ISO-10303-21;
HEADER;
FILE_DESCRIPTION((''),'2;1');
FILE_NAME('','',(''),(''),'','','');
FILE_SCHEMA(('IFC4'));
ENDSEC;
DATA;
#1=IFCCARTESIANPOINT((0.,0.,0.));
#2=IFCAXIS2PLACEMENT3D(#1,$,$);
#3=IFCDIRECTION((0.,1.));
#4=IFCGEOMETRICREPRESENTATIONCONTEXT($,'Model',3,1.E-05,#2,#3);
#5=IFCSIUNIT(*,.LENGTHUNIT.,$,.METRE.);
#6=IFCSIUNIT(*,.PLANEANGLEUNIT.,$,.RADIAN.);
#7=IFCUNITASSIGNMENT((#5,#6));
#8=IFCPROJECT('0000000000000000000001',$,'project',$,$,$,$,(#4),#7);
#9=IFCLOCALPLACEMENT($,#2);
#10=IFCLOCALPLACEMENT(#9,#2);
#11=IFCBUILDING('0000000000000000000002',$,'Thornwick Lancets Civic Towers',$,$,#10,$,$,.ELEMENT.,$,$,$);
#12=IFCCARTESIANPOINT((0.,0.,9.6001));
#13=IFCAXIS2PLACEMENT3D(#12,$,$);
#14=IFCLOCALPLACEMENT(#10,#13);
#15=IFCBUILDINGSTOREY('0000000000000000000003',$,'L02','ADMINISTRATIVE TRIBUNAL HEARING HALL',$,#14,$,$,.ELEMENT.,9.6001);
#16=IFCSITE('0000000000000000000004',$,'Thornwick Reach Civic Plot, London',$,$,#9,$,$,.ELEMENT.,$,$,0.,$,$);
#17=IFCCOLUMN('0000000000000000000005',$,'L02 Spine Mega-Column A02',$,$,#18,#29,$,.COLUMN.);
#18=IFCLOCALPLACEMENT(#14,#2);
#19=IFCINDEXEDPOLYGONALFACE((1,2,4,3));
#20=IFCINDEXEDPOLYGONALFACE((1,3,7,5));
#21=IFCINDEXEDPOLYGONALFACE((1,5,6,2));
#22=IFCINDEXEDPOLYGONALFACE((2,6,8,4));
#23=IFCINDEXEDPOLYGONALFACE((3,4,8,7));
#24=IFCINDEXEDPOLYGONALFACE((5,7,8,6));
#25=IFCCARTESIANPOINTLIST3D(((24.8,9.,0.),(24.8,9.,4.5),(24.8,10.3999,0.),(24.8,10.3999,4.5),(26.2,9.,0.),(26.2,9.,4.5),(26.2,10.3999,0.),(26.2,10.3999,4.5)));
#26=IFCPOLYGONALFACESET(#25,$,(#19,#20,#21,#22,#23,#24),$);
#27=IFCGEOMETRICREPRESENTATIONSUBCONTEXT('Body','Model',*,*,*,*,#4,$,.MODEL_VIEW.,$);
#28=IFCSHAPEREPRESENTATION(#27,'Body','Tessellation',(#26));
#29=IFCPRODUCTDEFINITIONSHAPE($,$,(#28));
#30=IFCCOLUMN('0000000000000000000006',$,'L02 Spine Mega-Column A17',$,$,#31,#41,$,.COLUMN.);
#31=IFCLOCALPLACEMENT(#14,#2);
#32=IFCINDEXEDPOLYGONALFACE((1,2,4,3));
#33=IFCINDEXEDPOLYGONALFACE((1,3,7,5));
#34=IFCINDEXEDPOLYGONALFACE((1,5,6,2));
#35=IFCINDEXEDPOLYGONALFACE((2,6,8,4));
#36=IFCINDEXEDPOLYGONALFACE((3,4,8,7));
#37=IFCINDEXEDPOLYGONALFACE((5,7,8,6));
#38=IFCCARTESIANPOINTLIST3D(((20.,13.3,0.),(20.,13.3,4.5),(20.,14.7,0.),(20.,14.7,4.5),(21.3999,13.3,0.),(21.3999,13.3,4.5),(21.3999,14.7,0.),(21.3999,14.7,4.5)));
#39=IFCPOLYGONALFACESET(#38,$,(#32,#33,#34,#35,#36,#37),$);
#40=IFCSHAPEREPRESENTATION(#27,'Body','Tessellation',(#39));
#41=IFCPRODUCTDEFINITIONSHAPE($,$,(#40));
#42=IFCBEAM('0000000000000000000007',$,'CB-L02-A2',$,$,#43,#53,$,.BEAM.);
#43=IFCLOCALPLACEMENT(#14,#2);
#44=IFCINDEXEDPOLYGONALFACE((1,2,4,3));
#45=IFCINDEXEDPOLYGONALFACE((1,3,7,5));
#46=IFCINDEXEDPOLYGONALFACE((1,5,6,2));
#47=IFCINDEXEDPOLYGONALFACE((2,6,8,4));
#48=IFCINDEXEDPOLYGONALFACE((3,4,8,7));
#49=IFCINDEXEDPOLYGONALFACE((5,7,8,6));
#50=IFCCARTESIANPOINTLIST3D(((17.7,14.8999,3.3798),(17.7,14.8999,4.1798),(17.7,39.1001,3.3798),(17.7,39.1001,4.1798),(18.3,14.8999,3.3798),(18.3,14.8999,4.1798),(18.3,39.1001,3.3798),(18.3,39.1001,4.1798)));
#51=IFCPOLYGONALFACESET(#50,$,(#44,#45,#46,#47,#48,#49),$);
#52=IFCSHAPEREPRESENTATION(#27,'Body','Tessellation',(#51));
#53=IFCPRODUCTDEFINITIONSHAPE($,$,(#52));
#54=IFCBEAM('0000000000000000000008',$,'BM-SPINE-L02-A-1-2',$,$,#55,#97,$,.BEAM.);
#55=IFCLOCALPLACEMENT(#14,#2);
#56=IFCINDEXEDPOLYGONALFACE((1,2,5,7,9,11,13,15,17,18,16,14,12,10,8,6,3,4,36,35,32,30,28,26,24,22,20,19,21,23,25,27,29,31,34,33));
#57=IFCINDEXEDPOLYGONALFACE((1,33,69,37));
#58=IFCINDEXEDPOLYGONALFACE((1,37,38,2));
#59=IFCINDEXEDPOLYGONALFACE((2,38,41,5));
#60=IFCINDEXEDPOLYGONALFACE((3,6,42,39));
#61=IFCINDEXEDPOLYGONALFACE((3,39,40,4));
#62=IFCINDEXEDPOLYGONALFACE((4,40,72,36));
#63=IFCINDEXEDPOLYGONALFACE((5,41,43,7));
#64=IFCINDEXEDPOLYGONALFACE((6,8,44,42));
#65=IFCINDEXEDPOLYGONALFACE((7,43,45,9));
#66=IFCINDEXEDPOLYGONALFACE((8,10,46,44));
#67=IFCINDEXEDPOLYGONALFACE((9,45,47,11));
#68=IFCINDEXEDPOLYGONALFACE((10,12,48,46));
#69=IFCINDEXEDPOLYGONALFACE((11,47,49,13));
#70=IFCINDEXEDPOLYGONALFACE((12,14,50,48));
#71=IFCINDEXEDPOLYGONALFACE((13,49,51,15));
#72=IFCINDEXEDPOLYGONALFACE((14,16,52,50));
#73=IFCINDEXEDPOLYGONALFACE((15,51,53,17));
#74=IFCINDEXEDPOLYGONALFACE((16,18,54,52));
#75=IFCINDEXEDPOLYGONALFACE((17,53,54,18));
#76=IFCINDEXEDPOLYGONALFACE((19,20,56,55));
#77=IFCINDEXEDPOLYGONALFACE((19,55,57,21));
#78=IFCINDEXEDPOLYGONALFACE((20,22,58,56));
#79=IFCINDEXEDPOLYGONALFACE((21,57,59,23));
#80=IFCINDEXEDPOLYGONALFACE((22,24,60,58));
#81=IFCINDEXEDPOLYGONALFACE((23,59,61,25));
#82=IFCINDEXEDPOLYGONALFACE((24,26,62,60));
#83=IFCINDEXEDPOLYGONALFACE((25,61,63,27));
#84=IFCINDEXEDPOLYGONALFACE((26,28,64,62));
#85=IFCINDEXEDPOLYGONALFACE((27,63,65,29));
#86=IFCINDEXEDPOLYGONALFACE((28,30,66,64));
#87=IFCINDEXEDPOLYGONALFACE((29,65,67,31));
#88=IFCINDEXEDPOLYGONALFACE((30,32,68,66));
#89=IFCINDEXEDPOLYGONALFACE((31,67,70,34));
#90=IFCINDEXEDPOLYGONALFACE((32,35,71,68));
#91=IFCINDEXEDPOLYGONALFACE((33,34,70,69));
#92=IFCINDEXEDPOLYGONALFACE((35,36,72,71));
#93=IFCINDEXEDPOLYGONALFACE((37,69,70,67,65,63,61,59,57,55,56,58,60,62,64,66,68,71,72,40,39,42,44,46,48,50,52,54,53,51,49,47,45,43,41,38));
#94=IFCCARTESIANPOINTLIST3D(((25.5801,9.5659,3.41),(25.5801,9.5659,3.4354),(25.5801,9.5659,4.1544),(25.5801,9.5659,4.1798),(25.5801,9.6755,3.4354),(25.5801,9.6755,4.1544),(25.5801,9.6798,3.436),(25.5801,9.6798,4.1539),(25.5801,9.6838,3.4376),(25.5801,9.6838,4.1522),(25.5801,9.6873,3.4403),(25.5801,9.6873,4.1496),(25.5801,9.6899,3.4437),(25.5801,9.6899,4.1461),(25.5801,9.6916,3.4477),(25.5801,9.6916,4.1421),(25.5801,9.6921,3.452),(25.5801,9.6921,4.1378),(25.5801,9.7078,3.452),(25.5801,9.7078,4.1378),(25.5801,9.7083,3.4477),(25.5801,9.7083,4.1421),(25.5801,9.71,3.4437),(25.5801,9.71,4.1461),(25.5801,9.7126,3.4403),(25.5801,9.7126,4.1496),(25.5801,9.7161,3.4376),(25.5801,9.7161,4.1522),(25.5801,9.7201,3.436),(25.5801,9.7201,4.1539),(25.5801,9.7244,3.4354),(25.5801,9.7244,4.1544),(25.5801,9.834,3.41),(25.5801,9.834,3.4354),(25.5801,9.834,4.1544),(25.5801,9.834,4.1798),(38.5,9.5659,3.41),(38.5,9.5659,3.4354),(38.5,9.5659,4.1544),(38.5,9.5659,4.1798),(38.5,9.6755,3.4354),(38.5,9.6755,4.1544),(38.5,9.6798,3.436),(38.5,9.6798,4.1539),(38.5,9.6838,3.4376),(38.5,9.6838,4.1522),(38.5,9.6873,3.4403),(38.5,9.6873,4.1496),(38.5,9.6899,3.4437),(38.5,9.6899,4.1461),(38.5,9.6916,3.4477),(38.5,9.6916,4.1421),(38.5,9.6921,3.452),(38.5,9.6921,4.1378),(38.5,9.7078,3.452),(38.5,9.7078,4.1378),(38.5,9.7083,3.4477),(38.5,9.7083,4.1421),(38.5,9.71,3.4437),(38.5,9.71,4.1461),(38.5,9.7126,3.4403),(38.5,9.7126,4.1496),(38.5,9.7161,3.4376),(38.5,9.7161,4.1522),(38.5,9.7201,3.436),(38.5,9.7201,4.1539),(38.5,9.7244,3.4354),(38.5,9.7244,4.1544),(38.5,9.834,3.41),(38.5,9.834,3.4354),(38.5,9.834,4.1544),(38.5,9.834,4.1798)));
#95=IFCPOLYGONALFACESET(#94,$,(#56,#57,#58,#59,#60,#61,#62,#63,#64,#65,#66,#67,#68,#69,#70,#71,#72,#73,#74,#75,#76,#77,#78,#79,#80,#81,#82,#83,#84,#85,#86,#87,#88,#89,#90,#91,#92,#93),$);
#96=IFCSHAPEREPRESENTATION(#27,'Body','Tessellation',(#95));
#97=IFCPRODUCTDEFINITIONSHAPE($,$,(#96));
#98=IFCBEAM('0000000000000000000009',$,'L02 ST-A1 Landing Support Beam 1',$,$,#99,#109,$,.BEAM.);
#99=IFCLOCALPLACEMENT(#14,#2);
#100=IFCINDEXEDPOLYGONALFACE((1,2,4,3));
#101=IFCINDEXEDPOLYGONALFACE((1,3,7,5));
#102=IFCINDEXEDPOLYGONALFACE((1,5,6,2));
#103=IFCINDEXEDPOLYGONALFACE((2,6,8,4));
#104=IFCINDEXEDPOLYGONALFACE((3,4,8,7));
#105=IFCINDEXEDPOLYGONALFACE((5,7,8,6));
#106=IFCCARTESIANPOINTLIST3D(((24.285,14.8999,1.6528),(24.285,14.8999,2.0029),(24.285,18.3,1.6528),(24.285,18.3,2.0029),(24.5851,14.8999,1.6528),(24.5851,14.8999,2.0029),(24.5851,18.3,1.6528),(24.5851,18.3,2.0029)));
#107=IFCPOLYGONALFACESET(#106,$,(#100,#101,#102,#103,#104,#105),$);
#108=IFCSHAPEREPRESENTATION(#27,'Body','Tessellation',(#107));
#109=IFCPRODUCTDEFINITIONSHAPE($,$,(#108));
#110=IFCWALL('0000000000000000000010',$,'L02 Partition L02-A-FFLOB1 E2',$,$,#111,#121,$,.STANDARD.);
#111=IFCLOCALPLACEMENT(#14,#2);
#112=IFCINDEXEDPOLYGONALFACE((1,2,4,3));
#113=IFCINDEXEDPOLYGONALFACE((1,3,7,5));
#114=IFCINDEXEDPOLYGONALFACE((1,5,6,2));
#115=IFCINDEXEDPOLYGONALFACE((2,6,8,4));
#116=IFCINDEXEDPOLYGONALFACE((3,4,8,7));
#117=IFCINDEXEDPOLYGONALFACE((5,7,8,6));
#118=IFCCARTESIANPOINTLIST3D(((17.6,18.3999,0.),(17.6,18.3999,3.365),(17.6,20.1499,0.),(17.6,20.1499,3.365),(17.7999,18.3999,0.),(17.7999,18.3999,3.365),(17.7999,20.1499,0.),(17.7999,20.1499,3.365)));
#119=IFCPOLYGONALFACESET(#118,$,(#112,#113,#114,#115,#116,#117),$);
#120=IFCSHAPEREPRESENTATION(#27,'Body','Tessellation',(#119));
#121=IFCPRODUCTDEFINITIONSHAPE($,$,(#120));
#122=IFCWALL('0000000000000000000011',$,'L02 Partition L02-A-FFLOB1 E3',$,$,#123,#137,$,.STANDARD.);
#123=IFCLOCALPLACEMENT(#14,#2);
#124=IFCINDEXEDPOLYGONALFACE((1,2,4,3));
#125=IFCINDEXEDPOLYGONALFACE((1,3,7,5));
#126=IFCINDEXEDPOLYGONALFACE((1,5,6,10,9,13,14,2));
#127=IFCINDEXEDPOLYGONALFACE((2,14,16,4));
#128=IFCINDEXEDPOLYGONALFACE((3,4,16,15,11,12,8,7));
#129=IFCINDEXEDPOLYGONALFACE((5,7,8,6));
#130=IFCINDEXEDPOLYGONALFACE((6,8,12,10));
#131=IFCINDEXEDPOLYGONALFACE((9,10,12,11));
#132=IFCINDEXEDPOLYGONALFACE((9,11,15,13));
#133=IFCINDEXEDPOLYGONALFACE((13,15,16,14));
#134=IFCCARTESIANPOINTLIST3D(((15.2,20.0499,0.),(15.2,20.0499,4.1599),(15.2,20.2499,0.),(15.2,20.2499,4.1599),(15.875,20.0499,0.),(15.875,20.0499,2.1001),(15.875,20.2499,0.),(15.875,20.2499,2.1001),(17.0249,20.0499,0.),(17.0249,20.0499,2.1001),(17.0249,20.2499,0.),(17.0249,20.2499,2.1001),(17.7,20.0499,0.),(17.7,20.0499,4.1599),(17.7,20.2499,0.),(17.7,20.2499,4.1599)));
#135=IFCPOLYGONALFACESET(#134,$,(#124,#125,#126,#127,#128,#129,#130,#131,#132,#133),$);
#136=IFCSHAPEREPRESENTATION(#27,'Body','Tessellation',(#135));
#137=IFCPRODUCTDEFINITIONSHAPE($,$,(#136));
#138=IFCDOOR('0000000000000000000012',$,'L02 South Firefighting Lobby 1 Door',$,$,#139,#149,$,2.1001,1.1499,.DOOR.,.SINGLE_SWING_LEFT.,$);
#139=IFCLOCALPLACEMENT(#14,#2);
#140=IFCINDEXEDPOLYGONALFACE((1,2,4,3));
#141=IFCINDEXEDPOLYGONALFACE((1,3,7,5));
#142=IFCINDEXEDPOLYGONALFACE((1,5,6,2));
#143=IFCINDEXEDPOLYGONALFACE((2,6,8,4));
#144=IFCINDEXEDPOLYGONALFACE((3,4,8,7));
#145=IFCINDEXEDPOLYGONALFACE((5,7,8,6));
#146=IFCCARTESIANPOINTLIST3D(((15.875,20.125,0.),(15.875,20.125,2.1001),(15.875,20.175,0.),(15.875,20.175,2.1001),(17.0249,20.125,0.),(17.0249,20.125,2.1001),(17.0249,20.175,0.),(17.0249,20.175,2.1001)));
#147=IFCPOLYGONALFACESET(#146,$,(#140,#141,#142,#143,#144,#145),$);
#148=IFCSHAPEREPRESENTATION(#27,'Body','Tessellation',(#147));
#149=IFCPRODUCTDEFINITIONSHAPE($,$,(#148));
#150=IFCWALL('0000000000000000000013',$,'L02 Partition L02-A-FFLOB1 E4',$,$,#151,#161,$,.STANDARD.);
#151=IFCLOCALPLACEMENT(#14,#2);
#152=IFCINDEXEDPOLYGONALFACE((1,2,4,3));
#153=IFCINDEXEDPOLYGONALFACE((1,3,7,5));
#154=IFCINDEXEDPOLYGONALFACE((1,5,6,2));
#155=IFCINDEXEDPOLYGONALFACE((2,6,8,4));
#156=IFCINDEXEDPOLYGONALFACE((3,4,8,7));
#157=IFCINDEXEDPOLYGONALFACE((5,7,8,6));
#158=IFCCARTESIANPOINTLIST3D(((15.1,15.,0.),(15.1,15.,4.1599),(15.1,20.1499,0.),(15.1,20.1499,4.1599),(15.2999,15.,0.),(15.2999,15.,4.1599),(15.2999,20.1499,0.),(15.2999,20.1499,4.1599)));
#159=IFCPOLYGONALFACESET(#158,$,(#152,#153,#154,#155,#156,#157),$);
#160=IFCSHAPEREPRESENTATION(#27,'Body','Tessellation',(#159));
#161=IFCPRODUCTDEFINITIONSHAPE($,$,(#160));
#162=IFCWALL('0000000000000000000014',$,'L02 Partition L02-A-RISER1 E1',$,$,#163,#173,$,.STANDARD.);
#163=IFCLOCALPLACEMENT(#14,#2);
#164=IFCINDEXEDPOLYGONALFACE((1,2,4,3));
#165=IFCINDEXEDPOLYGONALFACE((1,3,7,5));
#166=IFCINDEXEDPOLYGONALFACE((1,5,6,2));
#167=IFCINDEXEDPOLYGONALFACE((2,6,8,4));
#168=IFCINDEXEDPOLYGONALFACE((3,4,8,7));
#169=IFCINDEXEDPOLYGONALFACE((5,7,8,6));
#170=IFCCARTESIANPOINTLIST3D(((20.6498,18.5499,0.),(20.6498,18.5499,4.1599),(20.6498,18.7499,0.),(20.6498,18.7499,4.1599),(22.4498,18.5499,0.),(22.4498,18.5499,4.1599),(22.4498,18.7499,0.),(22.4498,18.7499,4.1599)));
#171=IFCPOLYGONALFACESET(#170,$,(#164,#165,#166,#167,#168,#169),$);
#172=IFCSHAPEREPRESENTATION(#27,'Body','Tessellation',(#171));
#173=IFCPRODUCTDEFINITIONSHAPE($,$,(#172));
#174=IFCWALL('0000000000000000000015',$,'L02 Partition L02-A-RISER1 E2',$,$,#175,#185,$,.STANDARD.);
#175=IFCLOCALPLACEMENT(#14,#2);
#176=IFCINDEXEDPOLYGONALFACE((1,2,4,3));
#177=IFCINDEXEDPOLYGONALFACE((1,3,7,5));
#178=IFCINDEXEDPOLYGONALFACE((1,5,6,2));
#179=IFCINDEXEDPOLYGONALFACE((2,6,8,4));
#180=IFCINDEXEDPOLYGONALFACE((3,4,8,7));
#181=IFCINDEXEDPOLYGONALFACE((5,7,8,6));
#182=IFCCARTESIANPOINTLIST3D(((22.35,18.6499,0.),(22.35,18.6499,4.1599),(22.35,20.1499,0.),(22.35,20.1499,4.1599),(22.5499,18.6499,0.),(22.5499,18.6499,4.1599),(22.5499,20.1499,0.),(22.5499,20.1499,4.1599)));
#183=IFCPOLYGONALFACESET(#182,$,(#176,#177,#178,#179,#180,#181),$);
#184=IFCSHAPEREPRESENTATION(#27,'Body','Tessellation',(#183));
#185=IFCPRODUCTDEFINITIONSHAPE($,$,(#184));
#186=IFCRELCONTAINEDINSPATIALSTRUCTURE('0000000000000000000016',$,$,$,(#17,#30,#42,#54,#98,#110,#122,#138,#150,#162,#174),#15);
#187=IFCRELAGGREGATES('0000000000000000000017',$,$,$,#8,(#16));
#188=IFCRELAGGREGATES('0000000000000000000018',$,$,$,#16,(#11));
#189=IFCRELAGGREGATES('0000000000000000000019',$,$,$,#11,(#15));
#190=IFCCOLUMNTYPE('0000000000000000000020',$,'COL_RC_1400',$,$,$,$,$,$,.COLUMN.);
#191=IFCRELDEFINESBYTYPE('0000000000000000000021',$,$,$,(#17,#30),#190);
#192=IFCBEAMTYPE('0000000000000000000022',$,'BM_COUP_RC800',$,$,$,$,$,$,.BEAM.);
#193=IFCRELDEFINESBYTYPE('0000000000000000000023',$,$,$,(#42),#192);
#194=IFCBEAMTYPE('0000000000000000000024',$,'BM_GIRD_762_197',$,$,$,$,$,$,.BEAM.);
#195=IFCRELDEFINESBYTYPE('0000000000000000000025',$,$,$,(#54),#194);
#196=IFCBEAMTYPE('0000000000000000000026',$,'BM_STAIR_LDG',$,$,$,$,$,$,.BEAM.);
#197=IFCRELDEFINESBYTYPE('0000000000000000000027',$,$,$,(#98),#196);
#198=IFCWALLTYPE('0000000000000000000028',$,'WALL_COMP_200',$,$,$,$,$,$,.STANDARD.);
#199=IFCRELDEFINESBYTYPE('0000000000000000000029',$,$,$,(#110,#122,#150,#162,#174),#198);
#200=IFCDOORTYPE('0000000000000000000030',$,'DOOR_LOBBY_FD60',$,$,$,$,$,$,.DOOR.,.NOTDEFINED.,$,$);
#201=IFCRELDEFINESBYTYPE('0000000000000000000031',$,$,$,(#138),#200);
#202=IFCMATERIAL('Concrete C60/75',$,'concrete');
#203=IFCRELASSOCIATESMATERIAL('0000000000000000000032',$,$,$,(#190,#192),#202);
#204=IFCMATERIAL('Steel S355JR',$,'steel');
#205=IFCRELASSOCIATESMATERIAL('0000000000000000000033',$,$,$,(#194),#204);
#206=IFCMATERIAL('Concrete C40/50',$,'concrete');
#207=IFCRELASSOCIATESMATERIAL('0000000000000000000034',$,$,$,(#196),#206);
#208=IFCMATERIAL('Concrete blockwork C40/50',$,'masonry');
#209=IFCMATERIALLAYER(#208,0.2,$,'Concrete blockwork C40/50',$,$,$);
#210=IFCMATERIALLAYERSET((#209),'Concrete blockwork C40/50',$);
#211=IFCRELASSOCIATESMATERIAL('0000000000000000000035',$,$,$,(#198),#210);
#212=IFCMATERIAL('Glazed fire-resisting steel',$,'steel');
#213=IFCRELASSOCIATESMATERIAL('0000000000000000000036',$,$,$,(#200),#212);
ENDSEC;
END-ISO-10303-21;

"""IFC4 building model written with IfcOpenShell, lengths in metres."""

from ifc_helpers import new_model, si_unit, direction, frame, frame_2d, origin, origin_2d, place, context, subcontext, project, spatial, rectangle, i_section, extrude, material, layer, layer_set, material_profile, profile_set, type_object, element, fill, save


model = new_model("IFC4")

# Units and contexts
model_context = context("Model", 3, precision=1e-05, world=origin(), true_north=direction((0.0, 1.0)))
body_context = subcontext(model_context, "Body", "Model", "MODEL_VIEW")
ifc_project = project(units=[si_unit("LENGTHUNIT", "METRE"), si_unit("PLANEANGLEUNIT", "RADIAN")], contexts=[model_context])

# Site, building, storey
site_placement = place(None, origin())
site = spatial("IfcSite", under=ifc_project, at=site_placement, Name="Thornwick Reach Civic Plot, London", CompositionType="ELEMENT", RefElevation=0.0)
building_placement = place(site_placement, origin())
building = spatial("IfcBuilding", under=site, at=building_placement, Name="Thornwick Lancets Civic Towers", CompositionType="ELEMENT")
storey_placement = place(building_placement, frame((0.0, 0.0, 9.6001)))
storey = spatial("IfcBuildingStorey", under=building, at=storey_placement, Name="L02", Description="ADMINISTRATIVE TRIBUNAL HEARING HALL", CompositionType="ELEMENT", Elevation=9.6001)

# Columns
ifc_material_1 = material(Name="Concrete C60/75", Category="concrete")
ifc_material_profile_1 = material_profile(ifc_material_1, rectangle(XDim=1.3999, YDim=1.3999, at=origin_2d()), Name="RC 1400x1400")
ifc_profile_set_1 = profile_set([ifc_material_profile_1], Name="Concrete C60/75")
column_type = type_object("IfcColumnType", Name="COL_RC_1400", PredefinedType="COLUMN", material=ifc_profile_set_1)
for number, where, z_axis, x_axis, name in (
    (1, (25.5, 9.7, 0.0), (0.0, 0.0, 1.0), (1.0, 0.0, 0.0), "L02 Spine Mega-Column A02"),
    (2, (20.7, 14.0, 0.0), (0.0, 0.0, 1.0), (1.0, 0.0, 0.0), "L02 Spine Mega-Column A17"),
):
    element("IfcColumn", number, at=place(storey_placement, frame(where, z_axis=z_axis, x_axis=x_axis)), inside=storey, type_object=column_type, Name=name, PredefinedType="COLUMN", context=body_context, shape_type="SweptSolid", body=[
        extrude(rectangle(XDim=1.3999, YDim=1.3999, at=origin_2d()), origin(), (0.0, 0.0, 1.0), 4.5),
    ])

# Beams
ifc_material_profile_2 = material_profile(ifc_material_1, rectangle(XDim=0.6001, YDim=0.8, at=origin_2d()), Name="RC 600x800")
ifc_profile_set_2 = profile_set([ifc_material_profile_2], Name="Concrete C60/75")
beam_type_1 = type_object("IfcBeamType", Name="BM_COUP_RC800", PredefinedType="BEAM", material=ifc_profile_set_2)
beam_1_placement = place(storey_placement, frame((18.0, 14.8999, 3.7798), z_axis=(0.0, 1.0, 0.0), x_axis=(-1.0, 0.0, 0.0)))
element("IfcBeam", 3, at=beam_1_placement, inside=storey, type_object=beam_type_1, Name="CB-L02-A2", PredefinedType="BEAM", context=body_context, shape_type="SweptSolid", body=[
    extrude(rectangle(XDim=0.6001, YDim=0.8, at=origin_2d()), origin(), (0.0, 0.0, 1.0), 24.2002),
])
ifc_material_2 = material(Name="Steel S355JR", Category="steel")
ifc_material_profile_3 = material_profile(ifc_material_2, i_section(OverallWidth=0.2681, OverallDepth=0.7698, WebThickness=0.0156, FlangeThickness=0.0254, FilletRadius=0.0166, at=origin_2d()), Name="UKB 762x267x197")
ifc_profile_set_3 = profile_set([ifc_material_profile_3], Name="Steel S355JR")
beam_type_2 = type_object("IfcBeamType", Name="BM_GIRD_762_197", PredefinedType="BEAM", material=ifc_profile_set_3)
beam_2_placement = place(storey_placement, frame((25.5801, 9.7, 3.7949), z_axis=(1.0, 0.0, 0.0), x_axis=(0.0, 1.0, 0.0)))
element("IfcBeam", 4, at=beam_2_placement, inside=storey, type_object=beam_type_2, Name="BM-SPINE-L02-A-1-2", PredefinedType="BEAM", context=body_context, shape_type="SweptSolid", body=[
    extrude(i_section(OverallWidth=0.2681, OverallDepth=0.7698, WebThickness=0.0156, FlangeThickness=0.0254, FilletRadius=0.0166, at=origin_2d()), origin(), (0.0, 0.0, 1.0), 12.9199),
])
ifc_material_3 = material(Name="Concrete C40/50", Category="concrete")
ifc_material_profile_4 = material_profile(ifc_material_3, rectangle(XDim=0.3, YDim=0.3501, at=origin_2d()), Name="RC 300x350")
ifc_profile_set_4 = profile_set([ifc_material_profile_4], Name="Concrete C40/50")
beam_type_3 = type_object("IfcBeamType", Name="BM_STAIR_LDG", PredefinedType="BEAM", material=ifc_profile_set_4)
beam_3_placement = place(storey_placement, frame((24.4351, 14.8999, 1.8279), z_axis=(0.0, 1.0, 0.0), x_axis=(-1.0, 0.0, 0.0)))
element("IfcBeam", 5, at=beam_3_placement, inside=storey, type_object=beam_type_3, Name="L02 ST-A1 Landing Support Beam 1", PredefinedType="BEAM", context=body_context, shape_type="SweptSolid", body=[
    extrude(rectangle(XDim=0.3, YDim=0.3501, at=origin_2d()), origin(), (0.0, 0.0, 1.0), 3.4001),
])

# Wall
ifc_material_4 = material(Name="Concrete blockwork C40/50", Category="masonry")
ifc_layer_1 = layer(ifc_material_4, 0.2, Name="Concrete blockwork C40/50")
ifc_layer_set_1 = layer_set([ifc_layer_1], Name="Concrete blockwork C40/50")
wall_type_1 = type_object("IfcWallType", Name="WALL_COMP_200", PredefinedType="STANDARD", material=ifc_layer_set_1)
wall_1_placement = place(storey_placement, frame((17.7, 18.3999, 0.0), z_axis=(0.0, 0.0, 1.0), x_axis=(0.0, 1.0, 0.0)))
element("IfcWall", 6, at=wall_1_placement, inside=storey, type_object=wall_type_1, Name="L02 Partition L02-A-FFLOB1 E2", PredefinedType="STANDARD", context=body_context, shape_type="SweptSolid", body=[
    extrude(rectangle(XDim=1.75, YDim=0.2, at=frame_2d((0.875, 0.0))), origin(), (0.0, 0.0, 1.0), 3.365),
])

# Wall, opening, door
wall_2_placement = place(storey_placement, frame((17.7, 20.1499, 0.0), z_axis=(0.0, 0.0, 1.0), x_axis=(-1.0, 0.0, 0.0)))
wall_2 = element("IfcWall", 7, at=wall_2_placement, inside=storey, type_object=wall_type_1, Name="L02 Partition L02-A-FFLOB1 E3", PredefinedType="STANDARD", context=body_context, shape_type="SweptSolid", body=[
    extrude(rectangle(XDim=2.5, YDim=0.2, at=frame_2d((1.25, 0.0))), origin(), (0.0, 0.0, 1.0), 4.1599),
])
opening_1_placement = place(wall_2_placement, frame((0.675, 0.0, 0.0)))
opening_1 = element("IfcOpeningElement", 8, at=opening_1_placement, cuts=wall_2, PredefinedType="OPENING", context=body_context, shape_type="SweptSolid", body=[
    extrude(rectangle(XDim=1.1499, YDim=2.1001, at=frame_2d((0.575, 1.05))), frame((0.0, 0.1099, 0.0), z_axis=(0.0, -1.0, 0.0), x_axis=(1.0, 0.0, 0.0)), (0.0, 0.0, 1.0), 0.22),
])
ifc_material_5 = material(Name="Glazed fire-resisting steel", Category="steel")
door_type_1 = type_object("IfcDoorType", Name="DOOR_LOBBY_FD60", OperationType="NOTDEFINED", PredefinedType="DOOR", material=ifc_material_5)
door_1_placement = place(opening_1_placement, origin())
door_1 = element("IfcDoor", 9, at=door_1_placement, inside=storey, type_object=door_type_1, Name="L02 South Firefighting Lobby 1 Door", OperationType="SINGLE_SWING_LEFT", OverallHeight=2.1001, OverallWidth=1.1499, PredefinedType="DOOR", context=body_context, shape_type="SweptSolid", body=[
    extrude(rectangle(XDim=1.1499, YDim=2.1001, at=frame_2d((0.575, 1.05))), frame((0.0, 0.0249, 0.0), z_axis=(0.0, -1.0, 0.0), x_axis=(1.0, 0.0, 0.0)), (0.0, 0.0, 1.0), 0.05),
])
fill(opening_1, door_1)

# Walls
wall_3_placement = place(storey_placement, frame((15.2, 20.1499, 0.0), z_axis=(0.0, 0.0, 1.0), x_axis=(0.0, -1.0, 0.0)))
element("IfcWall", 10, at=wall_3_placement, inside=storey, type_object=wall_type_1, Name="L02 Partition L02-A-FFLOB1 E4", PredefinedType="STANDARD", context=body_context, shape_type="SweptSolid", body=[
    extrude(rectangle(XDim=5.1499, YDim=0.2, at=frame_2d((2.575, 0.0))), origin(), (0.0, 0.0, 1.0), 4.1599),
])
wall_4_placement = place(storey_placement, frame((20.6499, 18.6499, 0.0), z_axis=(0.0, 0.0, 1.0), x_axis=(1.0, 0.0, 0.0)))
element("IfcWall", 11, at=wall_4_placement, inside=storey, type_object=wall_type_1, Name="L02 Partition L02-A-RISER1 E1", PredefinedType="STANDARD", context=body_context, shape_type="SweptSolid", body=[
    extrude(rectangle(XDim=1.8, YDim=0.2, at=frame_2d((0.8999, 0.0))), origin(), (0.0, 0.0, 1.0), 4.1599),
])
for number, where, z_axis, x_axis, name in (
    (12, (22.45, 18.6499, 0.0), (0.0, 0.0, 1.0), (0.0, 1.0, 0.0), "L02 Partition L02-A-RISER1 E2"),
):
    element("IfcWall", number, at=place(storey_placement, frame(where, z_axis=z_axis, x_axis=x_axis)), inside=storey, type_object=wall_type_1, Name=name, PredefinedType="STANDARD", context=body_context, shape_type="SweptSolid", body=[
        extrude(rectangle(XDim=1.5, YDim=0.2, at=frame_2d((0.75, 0.0))), origin(), (0.0, 0.0, 1.0), 4.1599),
    ])

save(model, "model.ifc")
